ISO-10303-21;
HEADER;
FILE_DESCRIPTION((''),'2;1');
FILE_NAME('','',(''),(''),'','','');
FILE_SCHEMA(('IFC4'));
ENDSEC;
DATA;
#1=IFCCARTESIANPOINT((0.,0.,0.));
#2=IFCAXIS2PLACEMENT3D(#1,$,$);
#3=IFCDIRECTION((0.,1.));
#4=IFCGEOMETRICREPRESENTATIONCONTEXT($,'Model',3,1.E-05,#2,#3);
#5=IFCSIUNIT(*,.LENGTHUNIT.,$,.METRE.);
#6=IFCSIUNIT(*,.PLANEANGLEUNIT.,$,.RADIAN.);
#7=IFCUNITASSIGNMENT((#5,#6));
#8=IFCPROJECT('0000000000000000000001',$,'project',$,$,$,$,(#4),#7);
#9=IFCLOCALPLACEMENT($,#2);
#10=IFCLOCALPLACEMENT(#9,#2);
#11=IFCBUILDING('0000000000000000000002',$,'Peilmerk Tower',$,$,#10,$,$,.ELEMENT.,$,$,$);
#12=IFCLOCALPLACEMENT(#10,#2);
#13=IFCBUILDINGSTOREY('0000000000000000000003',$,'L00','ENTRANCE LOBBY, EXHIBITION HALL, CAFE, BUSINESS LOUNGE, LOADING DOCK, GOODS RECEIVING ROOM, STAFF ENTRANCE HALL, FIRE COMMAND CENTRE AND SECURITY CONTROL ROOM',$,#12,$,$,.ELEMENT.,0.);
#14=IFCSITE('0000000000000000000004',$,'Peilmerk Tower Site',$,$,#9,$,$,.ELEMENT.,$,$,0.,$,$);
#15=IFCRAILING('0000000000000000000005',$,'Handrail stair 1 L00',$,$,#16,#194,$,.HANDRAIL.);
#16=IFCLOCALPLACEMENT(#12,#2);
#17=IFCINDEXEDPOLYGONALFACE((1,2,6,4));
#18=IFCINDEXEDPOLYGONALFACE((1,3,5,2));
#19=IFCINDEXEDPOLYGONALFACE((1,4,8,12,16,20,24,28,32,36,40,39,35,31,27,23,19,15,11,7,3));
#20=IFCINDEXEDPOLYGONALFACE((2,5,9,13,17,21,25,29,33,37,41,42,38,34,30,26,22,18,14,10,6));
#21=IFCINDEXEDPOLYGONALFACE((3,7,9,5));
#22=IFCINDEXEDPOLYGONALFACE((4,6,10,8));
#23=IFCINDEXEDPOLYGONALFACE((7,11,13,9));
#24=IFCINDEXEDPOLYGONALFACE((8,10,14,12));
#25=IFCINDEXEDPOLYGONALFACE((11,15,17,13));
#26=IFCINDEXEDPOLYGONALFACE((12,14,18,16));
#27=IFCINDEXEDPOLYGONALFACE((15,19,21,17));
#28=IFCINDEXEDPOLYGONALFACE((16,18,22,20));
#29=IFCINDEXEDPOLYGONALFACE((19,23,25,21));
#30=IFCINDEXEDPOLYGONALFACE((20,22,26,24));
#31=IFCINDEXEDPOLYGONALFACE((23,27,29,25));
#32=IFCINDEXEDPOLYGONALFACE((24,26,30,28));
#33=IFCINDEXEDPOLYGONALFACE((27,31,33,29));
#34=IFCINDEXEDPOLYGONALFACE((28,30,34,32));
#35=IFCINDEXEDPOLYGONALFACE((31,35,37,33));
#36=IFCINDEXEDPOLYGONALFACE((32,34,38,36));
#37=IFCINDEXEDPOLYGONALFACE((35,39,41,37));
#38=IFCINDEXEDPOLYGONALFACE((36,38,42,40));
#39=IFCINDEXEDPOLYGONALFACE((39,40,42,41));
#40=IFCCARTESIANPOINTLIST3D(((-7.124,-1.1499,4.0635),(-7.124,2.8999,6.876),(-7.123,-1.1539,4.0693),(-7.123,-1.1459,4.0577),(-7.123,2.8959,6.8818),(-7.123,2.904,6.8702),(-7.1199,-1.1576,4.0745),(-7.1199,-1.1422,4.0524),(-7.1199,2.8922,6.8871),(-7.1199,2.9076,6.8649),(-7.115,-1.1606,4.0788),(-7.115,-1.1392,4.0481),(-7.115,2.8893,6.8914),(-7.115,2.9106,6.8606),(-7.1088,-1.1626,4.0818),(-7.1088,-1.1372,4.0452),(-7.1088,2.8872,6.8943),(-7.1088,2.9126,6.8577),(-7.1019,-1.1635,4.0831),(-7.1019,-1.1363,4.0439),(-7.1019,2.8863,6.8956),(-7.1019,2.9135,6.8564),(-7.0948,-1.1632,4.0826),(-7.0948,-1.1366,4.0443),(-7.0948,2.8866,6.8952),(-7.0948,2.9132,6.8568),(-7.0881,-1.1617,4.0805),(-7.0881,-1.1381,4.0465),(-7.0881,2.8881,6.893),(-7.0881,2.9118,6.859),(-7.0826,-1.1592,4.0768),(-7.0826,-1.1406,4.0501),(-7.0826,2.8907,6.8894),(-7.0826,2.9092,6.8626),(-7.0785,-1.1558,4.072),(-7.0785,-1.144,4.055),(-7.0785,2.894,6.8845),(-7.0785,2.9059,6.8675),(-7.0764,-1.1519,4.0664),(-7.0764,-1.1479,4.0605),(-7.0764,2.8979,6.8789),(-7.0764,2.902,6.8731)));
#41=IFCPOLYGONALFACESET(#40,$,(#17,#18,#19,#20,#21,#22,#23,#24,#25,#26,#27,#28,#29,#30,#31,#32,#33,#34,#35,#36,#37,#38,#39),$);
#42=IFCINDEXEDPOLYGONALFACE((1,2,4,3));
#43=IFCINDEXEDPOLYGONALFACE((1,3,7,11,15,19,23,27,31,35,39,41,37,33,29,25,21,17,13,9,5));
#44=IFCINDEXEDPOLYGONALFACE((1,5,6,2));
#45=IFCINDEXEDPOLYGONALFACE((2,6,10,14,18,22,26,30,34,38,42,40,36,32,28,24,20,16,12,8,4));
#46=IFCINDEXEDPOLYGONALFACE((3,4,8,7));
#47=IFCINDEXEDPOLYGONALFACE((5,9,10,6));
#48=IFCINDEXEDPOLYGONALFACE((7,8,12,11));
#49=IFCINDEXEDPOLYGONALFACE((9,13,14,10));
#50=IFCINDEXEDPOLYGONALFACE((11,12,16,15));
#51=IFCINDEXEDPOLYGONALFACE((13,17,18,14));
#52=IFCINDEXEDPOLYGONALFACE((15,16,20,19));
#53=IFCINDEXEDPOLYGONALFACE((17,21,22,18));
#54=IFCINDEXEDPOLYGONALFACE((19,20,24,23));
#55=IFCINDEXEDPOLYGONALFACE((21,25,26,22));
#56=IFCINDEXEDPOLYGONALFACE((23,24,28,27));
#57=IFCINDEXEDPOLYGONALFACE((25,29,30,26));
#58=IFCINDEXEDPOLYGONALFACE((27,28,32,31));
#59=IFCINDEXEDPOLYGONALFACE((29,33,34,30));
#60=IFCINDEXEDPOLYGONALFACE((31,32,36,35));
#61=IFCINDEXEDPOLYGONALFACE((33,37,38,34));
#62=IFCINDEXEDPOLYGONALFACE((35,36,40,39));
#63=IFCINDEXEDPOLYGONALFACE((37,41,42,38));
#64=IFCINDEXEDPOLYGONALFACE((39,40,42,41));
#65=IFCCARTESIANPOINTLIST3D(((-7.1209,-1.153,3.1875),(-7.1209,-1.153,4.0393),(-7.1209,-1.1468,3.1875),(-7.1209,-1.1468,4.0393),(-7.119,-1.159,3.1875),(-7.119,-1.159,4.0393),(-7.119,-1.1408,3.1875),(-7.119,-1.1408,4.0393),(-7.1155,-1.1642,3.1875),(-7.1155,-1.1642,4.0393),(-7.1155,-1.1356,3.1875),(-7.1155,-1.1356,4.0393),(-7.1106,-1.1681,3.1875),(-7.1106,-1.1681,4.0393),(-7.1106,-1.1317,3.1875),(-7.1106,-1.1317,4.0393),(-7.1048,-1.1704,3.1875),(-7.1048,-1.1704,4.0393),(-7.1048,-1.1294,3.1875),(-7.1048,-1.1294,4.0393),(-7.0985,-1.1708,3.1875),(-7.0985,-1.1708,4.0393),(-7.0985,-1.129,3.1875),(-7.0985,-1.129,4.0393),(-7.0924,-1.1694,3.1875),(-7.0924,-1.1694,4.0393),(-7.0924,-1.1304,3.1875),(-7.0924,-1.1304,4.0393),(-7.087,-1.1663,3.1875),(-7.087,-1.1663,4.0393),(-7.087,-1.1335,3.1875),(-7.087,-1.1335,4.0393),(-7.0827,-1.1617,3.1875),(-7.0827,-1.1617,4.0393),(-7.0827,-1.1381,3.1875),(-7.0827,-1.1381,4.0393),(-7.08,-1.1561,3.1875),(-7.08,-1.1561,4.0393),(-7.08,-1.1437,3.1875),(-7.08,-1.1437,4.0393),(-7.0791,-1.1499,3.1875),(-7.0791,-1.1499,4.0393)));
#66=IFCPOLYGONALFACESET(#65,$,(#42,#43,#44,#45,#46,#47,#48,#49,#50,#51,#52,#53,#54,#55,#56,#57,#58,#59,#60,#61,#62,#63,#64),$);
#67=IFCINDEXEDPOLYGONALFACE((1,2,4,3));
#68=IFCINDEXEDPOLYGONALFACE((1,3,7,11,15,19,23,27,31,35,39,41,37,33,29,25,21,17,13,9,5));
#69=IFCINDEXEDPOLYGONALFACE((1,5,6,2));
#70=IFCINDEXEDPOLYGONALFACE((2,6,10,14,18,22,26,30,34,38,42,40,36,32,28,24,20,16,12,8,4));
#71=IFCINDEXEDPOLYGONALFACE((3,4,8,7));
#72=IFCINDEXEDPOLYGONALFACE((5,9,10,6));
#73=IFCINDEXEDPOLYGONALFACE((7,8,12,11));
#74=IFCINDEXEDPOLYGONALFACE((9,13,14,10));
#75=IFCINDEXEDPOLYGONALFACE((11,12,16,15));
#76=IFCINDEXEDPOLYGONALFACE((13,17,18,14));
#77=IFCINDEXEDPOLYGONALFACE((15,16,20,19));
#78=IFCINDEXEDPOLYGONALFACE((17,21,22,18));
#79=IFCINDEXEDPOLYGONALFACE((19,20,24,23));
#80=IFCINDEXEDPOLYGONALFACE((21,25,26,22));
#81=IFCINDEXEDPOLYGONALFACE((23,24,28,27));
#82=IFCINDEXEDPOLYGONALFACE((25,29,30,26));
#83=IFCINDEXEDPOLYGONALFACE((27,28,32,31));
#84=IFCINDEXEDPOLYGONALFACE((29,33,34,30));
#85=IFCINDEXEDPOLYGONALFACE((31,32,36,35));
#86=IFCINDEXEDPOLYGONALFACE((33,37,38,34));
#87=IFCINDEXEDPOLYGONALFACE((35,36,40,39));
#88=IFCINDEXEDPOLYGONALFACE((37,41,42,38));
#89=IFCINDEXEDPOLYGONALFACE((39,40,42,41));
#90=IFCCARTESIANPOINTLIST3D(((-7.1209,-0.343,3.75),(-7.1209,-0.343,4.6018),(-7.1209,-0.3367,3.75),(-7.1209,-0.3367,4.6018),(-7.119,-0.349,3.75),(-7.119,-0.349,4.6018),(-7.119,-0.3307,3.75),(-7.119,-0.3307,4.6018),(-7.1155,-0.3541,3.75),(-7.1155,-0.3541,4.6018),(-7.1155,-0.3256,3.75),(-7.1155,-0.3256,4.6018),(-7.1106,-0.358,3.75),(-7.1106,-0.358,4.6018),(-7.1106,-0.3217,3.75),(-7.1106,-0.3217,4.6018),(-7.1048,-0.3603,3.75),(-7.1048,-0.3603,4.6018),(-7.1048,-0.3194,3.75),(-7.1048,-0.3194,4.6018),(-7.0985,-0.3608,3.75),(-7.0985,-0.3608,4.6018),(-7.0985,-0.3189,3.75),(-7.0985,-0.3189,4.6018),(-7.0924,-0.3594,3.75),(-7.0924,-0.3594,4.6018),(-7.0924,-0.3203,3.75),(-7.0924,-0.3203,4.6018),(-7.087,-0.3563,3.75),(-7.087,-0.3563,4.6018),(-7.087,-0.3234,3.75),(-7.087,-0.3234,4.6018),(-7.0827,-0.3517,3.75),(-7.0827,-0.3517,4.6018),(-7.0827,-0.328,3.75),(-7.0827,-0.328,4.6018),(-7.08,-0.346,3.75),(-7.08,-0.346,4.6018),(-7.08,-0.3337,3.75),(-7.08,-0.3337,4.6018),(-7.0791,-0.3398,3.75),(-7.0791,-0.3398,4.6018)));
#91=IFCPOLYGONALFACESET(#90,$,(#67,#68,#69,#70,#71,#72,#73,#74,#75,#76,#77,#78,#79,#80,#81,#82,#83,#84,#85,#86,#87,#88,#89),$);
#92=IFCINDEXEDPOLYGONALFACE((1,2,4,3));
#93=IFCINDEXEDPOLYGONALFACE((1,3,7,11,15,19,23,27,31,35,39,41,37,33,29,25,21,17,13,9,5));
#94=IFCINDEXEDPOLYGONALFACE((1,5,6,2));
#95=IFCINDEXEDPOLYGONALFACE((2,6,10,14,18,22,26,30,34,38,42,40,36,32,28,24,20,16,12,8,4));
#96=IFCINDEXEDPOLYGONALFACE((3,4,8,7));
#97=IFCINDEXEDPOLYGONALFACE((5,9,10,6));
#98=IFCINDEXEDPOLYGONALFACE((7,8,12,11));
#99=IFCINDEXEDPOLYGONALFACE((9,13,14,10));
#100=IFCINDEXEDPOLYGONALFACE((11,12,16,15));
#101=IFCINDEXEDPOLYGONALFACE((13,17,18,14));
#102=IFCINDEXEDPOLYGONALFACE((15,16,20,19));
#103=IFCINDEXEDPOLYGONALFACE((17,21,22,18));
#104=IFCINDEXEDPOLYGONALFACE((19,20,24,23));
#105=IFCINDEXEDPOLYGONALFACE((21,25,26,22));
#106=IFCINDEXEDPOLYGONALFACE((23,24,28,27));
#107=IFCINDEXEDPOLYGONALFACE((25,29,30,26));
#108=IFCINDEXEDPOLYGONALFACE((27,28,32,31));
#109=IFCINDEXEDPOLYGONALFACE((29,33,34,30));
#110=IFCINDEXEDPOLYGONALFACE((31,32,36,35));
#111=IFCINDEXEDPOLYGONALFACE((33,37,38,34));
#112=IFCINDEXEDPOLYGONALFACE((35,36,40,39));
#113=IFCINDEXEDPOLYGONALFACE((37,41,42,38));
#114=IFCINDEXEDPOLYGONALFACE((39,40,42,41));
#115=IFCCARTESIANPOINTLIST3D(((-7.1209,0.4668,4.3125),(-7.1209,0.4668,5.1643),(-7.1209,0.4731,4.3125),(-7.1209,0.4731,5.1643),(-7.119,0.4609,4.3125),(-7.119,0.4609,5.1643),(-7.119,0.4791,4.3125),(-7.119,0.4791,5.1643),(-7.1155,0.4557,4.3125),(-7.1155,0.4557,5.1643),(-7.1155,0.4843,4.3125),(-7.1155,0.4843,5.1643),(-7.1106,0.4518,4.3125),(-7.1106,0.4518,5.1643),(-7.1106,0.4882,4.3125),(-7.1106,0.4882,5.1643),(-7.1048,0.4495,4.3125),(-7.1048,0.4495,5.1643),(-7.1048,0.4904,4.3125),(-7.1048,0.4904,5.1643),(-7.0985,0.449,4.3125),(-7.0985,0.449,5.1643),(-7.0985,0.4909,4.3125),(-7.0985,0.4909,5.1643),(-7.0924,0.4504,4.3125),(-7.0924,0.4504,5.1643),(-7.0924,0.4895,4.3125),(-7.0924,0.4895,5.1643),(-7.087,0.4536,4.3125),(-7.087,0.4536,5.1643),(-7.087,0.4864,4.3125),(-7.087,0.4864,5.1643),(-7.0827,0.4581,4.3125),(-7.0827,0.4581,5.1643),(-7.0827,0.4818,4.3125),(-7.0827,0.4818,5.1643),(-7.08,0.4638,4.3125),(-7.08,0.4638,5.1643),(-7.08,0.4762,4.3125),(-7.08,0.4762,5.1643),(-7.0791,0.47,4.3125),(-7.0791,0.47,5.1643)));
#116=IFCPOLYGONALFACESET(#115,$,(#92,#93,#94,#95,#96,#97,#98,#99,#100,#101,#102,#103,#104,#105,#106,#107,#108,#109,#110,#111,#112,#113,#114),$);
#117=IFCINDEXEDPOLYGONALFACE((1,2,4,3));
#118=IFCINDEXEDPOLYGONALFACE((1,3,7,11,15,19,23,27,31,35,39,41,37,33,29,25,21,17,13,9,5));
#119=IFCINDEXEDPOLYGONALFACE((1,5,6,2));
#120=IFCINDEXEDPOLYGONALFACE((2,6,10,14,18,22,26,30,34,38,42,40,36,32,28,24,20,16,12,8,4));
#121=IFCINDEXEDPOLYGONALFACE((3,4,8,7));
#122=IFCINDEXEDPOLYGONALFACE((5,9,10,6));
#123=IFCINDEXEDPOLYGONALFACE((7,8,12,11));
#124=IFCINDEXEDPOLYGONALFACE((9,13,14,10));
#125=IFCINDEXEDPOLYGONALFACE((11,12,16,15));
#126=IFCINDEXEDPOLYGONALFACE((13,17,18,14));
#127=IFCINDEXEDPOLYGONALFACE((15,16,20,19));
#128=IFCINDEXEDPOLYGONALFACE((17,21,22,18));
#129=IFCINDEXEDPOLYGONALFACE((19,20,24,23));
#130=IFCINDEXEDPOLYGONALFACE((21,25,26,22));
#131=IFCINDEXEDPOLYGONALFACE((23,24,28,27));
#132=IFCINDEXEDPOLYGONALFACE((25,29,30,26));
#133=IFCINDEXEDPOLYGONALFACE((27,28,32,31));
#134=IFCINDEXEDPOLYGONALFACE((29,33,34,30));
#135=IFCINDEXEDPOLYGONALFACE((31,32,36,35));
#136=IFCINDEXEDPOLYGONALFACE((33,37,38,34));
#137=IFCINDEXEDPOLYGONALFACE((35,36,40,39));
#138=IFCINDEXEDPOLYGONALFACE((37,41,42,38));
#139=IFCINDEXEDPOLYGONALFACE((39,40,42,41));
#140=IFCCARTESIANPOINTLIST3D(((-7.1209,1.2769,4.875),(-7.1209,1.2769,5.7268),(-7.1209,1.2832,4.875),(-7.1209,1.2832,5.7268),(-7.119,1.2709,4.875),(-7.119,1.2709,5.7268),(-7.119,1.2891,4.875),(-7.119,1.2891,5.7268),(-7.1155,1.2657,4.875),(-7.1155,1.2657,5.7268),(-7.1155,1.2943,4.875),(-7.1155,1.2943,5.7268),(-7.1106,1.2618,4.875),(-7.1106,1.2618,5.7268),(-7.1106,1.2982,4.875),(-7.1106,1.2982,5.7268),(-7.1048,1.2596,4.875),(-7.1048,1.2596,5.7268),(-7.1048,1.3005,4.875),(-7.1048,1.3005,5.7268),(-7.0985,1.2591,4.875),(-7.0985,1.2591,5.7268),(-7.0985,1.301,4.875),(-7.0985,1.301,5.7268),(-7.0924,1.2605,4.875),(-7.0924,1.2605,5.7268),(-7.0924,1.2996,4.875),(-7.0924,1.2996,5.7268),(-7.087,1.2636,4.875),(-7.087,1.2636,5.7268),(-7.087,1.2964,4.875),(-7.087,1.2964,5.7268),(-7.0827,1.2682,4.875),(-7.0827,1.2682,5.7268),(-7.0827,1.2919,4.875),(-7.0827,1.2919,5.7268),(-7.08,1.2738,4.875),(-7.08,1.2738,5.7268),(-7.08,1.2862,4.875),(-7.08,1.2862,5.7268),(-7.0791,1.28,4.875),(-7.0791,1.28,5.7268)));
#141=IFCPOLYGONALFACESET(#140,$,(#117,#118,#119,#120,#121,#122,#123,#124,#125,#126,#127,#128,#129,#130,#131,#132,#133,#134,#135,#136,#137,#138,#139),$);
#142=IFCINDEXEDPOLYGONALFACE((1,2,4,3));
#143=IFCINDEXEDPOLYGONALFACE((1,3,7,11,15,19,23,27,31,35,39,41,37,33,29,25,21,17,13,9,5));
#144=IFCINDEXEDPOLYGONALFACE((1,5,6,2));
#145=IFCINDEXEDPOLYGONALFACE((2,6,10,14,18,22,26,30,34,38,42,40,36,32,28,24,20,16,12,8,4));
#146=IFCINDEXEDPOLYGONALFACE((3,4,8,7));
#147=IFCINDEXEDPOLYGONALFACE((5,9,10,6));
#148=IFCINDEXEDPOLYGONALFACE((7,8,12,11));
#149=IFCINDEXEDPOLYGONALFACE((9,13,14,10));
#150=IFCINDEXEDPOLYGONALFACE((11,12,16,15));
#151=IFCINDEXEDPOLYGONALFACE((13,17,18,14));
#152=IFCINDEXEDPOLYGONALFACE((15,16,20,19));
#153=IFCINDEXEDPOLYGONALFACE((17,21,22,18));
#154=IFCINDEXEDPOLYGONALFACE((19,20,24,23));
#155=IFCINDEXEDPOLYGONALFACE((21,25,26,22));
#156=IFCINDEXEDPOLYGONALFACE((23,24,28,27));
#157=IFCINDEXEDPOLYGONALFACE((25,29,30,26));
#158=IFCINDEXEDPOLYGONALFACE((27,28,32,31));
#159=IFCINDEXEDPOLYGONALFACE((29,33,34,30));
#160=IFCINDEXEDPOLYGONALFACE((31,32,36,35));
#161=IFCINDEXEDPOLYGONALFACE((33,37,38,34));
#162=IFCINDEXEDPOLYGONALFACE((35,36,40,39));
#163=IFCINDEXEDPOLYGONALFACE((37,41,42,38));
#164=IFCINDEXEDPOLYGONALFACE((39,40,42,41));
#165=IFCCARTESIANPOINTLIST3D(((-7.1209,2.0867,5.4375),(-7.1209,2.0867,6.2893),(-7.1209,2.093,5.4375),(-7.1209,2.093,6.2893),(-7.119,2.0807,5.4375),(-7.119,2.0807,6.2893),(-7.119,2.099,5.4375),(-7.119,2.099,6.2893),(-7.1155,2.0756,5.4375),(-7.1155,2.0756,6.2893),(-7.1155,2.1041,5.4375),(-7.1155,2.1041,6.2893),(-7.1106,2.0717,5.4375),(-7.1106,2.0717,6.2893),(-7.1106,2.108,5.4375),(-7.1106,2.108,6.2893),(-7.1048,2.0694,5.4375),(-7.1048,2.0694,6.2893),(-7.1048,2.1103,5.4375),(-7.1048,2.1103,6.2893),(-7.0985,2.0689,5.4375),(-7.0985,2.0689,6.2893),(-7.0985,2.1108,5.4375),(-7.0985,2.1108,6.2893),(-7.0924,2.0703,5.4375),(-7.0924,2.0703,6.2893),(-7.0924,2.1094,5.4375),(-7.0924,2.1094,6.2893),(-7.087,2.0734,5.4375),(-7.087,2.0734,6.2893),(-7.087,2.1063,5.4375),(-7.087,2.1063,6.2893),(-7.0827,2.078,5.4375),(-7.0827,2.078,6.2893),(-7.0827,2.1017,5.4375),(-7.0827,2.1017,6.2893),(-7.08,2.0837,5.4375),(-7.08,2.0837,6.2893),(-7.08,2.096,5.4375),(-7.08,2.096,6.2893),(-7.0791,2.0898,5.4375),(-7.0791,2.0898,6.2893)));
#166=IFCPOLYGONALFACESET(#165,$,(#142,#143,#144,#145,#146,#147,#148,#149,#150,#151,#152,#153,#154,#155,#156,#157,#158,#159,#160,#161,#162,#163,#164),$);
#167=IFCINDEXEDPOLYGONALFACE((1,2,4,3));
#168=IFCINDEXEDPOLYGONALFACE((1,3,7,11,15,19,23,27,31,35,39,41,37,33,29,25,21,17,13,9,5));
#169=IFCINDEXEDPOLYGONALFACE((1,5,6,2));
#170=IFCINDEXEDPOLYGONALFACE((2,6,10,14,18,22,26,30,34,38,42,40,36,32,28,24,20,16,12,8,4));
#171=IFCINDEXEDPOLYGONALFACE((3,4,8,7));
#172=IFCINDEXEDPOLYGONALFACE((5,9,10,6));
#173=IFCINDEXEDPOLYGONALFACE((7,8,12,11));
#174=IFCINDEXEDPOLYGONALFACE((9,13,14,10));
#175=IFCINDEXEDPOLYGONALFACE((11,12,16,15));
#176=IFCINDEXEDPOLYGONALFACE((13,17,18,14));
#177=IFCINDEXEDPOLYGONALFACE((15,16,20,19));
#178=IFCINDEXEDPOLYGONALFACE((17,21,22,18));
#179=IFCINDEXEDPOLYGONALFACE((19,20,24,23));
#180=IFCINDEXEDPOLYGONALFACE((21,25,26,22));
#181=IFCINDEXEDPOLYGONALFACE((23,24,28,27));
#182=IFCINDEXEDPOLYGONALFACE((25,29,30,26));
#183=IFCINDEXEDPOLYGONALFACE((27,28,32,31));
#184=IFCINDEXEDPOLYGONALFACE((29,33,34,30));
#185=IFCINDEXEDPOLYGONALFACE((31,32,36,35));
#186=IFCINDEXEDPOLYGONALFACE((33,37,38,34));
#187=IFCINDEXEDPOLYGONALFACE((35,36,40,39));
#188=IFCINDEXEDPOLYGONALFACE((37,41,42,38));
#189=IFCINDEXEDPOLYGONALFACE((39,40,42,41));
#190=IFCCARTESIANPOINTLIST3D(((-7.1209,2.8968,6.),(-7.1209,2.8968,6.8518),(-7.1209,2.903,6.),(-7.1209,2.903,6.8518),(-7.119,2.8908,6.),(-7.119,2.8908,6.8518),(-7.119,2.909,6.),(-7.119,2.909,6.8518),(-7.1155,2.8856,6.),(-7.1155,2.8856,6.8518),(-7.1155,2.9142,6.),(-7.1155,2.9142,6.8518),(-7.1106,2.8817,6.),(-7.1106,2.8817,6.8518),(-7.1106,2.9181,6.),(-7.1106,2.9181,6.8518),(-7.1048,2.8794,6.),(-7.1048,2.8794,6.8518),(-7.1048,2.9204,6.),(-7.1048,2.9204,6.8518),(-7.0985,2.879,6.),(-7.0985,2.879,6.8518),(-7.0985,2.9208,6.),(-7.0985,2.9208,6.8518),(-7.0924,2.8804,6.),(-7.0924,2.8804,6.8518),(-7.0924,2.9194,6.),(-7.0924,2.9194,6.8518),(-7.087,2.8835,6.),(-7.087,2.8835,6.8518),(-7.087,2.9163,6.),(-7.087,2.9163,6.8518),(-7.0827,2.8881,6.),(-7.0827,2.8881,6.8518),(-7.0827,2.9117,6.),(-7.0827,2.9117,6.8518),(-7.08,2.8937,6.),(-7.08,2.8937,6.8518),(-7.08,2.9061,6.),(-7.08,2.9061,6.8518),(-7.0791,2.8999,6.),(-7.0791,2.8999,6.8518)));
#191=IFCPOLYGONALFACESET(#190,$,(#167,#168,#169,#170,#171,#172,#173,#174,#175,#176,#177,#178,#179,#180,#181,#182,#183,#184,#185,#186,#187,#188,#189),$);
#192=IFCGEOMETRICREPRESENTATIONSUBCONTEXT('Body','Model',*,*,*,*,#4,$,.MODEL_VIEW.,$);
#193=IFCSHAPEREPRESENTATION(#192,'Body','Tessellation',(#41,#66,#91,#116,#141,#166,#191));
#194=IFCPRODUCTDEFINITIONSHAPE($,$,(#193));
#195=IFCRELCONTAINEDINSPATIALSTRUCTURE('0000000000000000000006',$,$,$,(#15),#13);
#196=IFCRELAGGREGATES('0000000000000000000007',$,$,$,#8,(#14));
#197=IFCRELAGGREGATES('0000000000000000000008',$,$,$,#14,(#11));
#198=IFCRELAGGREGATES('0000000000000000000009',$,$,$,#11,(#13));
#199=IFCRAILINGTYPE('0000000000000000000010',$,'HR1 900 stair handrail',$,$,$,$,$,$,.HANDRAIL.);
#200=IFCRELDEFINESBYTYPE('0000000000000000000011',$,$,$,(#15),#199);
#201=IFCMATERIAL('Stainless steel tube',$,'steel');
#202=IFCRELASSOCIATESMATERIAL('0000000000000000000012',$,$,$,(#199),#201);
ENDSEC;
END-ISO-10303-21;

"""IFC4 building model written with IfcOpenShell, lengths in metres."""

from ifc_helpers import new_model, si_unit, direction, frame, origin, origin_2d, place, context, subcontext, project, spatial, circle, extrude, material, type_object, element, save


model = new_model("IFC4")

# Units and contexts
model_context = context("Model", 3, precision=1e-05, world=origin(), true_north=direction((0.0, 1.0)))
body_context = subcontext(model_context, "Body", "Model", "MODEL_VIEW")
ifc_project = project(units=[si_unit("LENGTHUNIT", "METRE"), si_unit("PLANEANGLEUNIT", "RADIAN")], contexts=[model_context])

# Site, building, storey
site_placement = place(None, origin())
site = spatial("IfcSite", under=ifc_project, at=site_placement, Name="Peilmerk Tower Site", CompositionType="ELEMENT", RefElevation=0.0)
building_placement = place(site_placement, origin())
building = spatial("IfcBuilding", under=site, at=building_placement, Name="Peilmerk Tower", CompositionType="ELEMENT")
storey_placement = place(building_placement, origin())
storey = spatial("IfcBuildingStorey", under=building, at=storey_placement, Name="L00", Description="ENTRANCE LOBBY, EXHIBITION HALL, CAFE, BUSINESS LOUNGE, LOADING DOCK, GOODS RECEIVING ROOM, STAFF ENTRANCE HALL, FIRE COMMAND CENTRE AND SECURITY CONTROL ROOM", CompositionType="ELEMENT", Elevation=0.0)

# Railing
ifc_material_1 = material(Name="Stainless steel tube", Category="steel")
railing_type = type_object("IfcRailingType", Name="HR1 900 stair handrail", PredefinedType="HANDRAIL", material=ifc_material_1)
railing_placement = place(storey_placement, frame((-7.1001, -1.1499, 3.1875)))
element("IfcRailing", 1, at=railing_placement, inside=storey, type_object=railing_type, Name="Handrail stair 1 L00", PredefinedType="HANDRAIL", context=body_context, shape_type="SweptSolid", body=[
    extrude(circle(Radius=0.0239, at=origin_2d()), frame((0.0, 0.0, 0.876), z_axis=(0.0, 0.821357, 0.570414), x_axis=(-1.0, 0.0, 0.0)), (0.0, 0.0, 1.0), 4.9307),
    extrude(circle(Radius=0.021, at=origin_2d()), origin(), (0.0, 0.0, 1.0), 0.8518),
    extrude(circle(Radius=0.021, at=origin_2d()), frame((0.0, 0.8101, 0.5625)), (0.0, 0.0, 1.0), 0.8518),
    extrude(circle(Radius=0.021, at=origin_2d()), frame((0.0, 1.6199, 1.125)), (0.0, 0.0, 1.0), 0.8518),
    extrude(circle(Radius=0.021, at=origin_2d()), frame((0.0, 2.4299, 1.6875)), (0.0, 0.0, 1.0), 0.8518),
    extrude(circle(Radius=0.021, at=origin_2d()), frame((0.0, 3.2397, 2.25)), (0.0, 0.0, 1.0), 0.8518),
    extrude(circle(Radius=0.021, at=origin_2d()), frame((0.0, 4.0498, 2.8125)), (0.0, 0.0, 1.0), 0.8518),
])

save(model, "model.ifc")
